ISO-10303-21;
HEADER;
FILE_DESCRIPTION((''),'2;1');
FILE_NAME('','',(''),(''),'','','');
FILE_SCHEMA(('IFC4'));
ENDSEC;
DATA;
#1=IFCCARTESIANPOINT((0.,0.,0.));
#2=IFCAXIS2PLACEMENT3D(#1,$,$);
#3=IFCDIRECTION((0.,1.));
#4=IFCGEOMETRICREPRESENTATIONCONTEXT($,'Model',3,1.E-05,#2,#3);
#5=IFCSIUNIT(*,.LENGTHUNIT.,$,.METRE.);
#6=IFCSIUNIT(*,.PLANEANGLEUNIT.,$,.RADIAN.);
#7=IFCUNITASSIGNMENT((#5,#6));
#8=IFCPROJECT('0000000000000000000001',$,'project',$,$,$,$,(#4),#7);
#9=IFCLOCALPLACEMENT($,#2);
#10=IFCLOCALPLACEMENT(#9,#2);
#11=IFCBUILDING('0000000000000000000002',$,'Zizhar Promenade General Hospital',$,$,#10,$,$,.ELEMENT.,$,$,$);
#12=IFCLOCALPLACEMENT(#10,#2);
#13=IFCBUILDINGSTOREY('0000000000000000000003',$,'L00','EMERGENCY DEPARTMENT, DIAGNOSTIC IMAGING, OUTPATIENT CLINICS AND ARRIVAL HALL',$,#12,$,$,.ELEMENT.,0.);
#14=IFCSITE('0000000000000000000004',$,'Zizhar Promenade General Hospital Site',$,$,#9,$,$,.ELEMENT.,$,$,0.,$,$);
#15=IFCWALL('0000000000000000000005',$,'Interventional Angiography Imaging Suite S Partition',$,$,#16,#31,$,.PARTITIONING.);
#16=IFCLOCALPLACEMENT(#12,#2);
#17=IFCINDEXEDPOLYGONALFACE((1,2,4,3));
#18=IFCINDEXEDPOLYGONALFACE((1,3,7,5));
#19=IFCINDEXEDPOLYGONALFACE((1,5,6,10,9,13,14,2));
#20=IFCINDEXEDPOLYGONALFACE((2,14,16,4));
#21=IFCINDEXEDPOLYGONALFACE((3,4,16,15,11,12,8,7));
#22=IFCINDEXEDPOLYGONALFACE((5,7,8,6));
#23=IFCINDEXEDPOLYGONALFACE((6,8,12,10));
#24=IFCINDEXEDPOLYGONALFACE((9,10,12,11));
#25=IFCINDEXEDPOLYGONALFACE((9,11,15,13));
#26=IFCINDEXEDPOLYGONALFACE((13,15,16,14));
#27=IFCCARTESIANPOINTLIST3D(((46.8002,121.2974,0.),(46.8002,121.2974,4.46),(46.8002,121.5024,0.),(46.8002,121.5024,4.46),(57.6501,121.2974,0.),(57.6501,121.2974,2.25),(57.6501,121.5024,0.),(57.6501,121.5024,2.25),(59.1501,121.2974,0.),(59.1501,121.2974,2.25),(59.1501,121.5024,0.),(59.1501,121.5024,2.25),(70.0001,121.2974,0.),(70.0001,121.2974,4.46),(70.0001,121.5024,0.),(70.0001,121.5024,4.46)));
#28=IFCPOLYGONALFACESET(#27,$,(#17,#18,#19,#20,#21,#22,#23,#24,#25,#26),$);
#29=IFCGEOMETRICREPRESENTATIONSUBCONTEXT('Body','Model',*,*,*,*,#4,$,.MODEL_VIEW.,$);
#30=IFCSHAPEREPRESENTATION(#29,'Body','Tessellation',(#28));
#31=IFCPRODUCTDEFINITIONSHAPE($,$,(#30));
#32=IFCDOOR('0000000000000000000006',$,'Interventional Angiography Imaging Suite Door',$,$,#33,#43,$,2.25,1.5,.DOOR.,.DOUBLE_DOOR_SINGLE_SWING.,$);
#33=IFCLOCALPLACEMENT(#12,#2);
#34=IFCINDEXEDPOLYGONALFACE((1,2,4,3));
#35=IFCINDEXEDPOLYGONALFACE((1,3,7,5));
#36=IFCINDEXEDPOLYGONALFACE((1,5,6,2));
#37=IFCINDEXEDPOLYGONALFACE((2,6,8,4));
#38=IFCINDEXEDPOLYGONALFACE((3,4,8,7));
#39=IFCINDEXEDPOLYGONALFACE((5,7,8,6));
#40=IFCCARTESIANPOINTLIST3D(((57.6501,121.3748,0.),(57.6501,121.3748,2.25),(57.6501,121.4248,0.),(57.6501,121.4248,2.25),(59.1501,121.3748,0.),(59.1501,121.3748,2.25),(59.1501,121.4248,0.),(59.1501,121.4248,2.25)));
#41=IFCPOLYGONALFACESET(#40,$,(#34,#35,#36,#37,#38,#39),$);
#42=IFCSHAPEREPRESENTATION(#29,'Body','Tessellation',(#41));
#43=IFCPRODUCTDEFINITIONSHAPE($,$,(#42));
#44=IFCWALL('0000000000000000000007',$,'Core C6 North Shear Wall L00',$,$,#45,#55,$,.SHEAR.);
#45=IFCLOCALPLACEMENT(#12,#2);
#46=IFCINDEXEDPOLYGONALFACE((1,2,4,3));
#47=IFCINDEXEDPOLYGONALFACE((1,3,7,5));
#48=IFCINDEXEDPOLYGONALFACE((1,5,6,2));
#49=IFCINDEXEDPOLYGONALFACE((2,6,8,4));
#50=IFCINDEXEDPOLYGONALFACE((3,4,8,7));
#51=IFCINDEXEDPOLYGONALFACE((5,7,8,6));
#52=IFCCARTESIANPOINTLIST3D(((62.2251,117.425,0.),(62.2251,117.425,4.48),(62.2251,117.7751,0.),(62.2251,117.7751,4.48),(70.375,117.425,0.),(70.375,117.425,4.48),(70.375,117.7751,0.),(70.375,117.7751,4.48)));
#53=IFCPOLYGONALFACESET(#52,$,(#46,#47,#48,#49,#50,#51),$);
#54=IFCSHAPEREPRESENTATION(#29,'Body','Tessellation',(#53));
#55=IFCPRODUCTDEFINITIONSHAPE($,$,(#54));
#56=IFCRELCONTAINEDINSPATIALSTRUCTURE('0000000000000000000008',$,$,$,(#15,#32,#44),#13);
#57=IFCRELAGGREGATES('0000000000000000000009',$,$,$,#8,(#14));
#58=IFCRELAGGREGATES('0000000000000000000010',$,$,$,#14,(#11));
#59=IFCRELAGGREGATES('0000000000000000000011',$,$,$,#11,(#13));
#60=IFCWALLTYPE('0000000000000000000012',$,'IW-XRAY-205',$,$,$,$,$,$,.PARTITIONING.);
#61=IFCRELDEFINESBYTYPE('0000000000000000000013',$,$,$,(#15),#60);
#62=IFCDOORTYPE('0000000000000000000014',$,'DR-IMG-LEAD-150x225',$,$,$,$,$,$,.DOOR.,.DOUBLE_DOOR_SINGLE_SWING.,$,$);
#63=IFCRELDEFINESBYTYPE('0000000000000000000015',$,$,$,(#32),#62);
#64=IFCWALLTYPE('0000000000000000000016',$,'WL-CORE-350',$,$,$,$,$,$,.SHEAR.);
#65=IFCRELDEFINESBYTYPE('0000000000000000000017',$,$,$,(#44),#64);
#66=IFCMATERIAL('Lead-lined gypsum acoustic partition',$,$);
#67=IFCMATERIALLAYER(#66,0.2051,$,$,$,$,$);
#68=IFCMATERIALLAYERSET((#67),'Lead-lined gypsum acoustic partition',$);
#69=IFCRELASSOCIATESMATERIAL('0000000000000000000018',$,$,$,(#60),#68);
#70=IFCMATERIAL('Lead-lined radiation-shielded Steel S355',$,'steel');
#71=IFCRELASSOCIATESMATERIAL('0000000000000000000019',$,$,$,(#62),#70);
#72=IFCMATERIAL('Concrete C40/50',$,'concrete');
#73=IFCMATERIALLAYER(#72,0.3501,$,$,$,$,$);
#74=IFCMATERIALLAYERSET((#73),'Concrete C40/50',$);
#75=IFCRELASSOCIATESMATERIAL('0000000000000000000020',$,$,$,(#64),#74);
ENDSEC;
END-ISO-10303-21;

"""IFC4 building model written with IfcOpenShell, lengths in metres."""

from ifc_helpers import new_model, si_unit, direction, frame, frame_2d, origin, place, context, subcontext, project, spatial, rectangle, extrude, material, layer, layer_set, type_object, element, fill, save


model = new_model("IFC4")

# Units and contexts
model_context = context("Model", 3, precision=1e-05, world=origin(), true_north=direction((0.0, 1.0)))
body_context = subcontext(model_context, "Body", "Model", "MODEL_VIEW")
ifc_project = project(units=[si_unit("LENGTHUNIT", "METRE"), si_unit("PLANEANGLEUNIT", "RADIAN")], contexts=[model_context])

# Site, building, storey
site_placement = place(None, origin())
site = spatial("IfcSite", under=ifc_project, at=site_placement, Name="Zizhar Promenade General Hospital Site", CompositionType="ELEMENT", RefElevation=0.0)
building_placement = place(site_placement, origin())
building = spatial("IfcBuilding", under=site, at=building_placement, Name="Zizhar Promenade General Hospital", CompositionType="ELEMENT")
storey_placement = place(building_placement, origin())
storey = spatial("IfcBuildingStorey", under=building, at=storey_placement, Name="L00", Description="EMERGENCY DEPARTMENT, DIAGNOSTIC IMAGING, OUTPATIENT CLINICS AND ARRIVAL HALL", CompositionType="ELEMENT", Elevation=0.0)

# Wall, opening, door
ifc_material_1 = material(Name="Lead-lined gypsum acoustic partition")
ifc_layer_1 = layer(ifc_material_1, 0.2051)
ifc_layer_set_1 = layer_set([ifc_layer_1], Name="Lead-lined gypsum acoustic partition")
wall_type_1 = type_object("IfcWallType", Name="IW-XRAY-205", PredefinedType="PARTITIONING", material=ifc_layer_set_1)
wall_1_placement = place(storey_placement, frame((46.8, 121.3999, 0.0), z_axis=(0.0, 0.0, 1.0), x_axis=(1.0, 0.0, 0.0)))
wall_1 = element("IfcWall", 1, at=wall_1_placement, inside=storey, type_object=wall_type_1, Name="Interventional Angiography Imaging Suite S Partition", PredefinedType="PARTITIONING", context=body_context, shape_type="SweptSolid", body=[
    extrude(rectangle(XDim=23.2, YDim=0.2051, at=frame_2d((11.6001, 0.0))), origin(), (0.0, 0.0, 1.0), 4.46),
])
opening_placement = place(wall_1_placement, frame((10.8501, 0.0, 0.0)))
opening = element("IfcOpeningElement", 2, at=opening_placement, cuts=wall_1, PredefinedType="OPENING", context=body_context, shape_type="SweptSolid", body=[
    extrude(rectangle(XDim=1.5, YDim=2.25, at=frame_2d((0.75, 1.125))), frame((0.0, 0.1125, 0.0), z_axis=(0.0, -1.0, 0.0), x_axis=(1.0, 0.0, 0.0)), (0.0, 0.0, 1.0), 0.2251),
])
ifc_material_2 = material(Name="Lead-lined radiation-shielded Steel S355", Category="steel")
door_type = type_object("IfcDoorType", Name="DR-IMG-LEAD-150x225", OperationType="DOUBLE_DOOR_SINGLE_SWING", PredefinedType="DOOR", material=ifc_material_2)
door_placement = place(opening_placement, origin())
door = element("IfcDoor", 3, at=door_placement, inside=storey, type_object=door_type, Name="Interventional Angiography Imaging Suite Door", OperationType="DOUBLE_DOOR_SINGLE_SWING", OverallHeight=2.25, OverallWidth=1.5, PredefinedType="DOOR", context=body_context, shape_type="SweptSolid", body=[
    extrude(rectangle(XDim=1.5, YDim=2.25, at=frame_2d((0.75, 1.125))), frame((0.0, 0.0249, 0.0), z_axis=(0.0, -1.0, 0.0), x_axis=(1.0, 0.0, 0.0)), (0.0, 0.0, 1.0), 0.05),
])
fill(opening, door)

# Wall
ifc_material_3 = material(Name="Concrete C40/50", Category="concrete")
ifc_layer_2 = layer(ifc_material_3, 0.3501)
ifc_layer_set_2 = layer_set([ifc_layer_2], Name="Concrete C40/50")
wall_type_2 = type_object("IfcWallType", Name="WL-CORE-350", PredefinedType="SHEAR", material=ifc_layer_set_2)
wall_2_placement = place(storey_placement, frame((62.2251, 117.6001, 0.0), z_axis=(0.0, 0.0, 1.0), x_axis=(1.0, 0.0, 0.0)))
element("IfcWall", 4, at=wall_2_placement, inside=storey, type_object=wall_type_2, Name="Core C6 North Shear Wall L00", PredefinedType="SHEAR", context=body_context, shape_type="SweptSolid", body=[
    extrude(rectangle(XDim=8.1499, YDim=0.3501, at=frame_2d((4.075, 0.0))), origin(), (0.0, 0.0, 1.0), 4.48),
])

save(model, "model.ifc")
